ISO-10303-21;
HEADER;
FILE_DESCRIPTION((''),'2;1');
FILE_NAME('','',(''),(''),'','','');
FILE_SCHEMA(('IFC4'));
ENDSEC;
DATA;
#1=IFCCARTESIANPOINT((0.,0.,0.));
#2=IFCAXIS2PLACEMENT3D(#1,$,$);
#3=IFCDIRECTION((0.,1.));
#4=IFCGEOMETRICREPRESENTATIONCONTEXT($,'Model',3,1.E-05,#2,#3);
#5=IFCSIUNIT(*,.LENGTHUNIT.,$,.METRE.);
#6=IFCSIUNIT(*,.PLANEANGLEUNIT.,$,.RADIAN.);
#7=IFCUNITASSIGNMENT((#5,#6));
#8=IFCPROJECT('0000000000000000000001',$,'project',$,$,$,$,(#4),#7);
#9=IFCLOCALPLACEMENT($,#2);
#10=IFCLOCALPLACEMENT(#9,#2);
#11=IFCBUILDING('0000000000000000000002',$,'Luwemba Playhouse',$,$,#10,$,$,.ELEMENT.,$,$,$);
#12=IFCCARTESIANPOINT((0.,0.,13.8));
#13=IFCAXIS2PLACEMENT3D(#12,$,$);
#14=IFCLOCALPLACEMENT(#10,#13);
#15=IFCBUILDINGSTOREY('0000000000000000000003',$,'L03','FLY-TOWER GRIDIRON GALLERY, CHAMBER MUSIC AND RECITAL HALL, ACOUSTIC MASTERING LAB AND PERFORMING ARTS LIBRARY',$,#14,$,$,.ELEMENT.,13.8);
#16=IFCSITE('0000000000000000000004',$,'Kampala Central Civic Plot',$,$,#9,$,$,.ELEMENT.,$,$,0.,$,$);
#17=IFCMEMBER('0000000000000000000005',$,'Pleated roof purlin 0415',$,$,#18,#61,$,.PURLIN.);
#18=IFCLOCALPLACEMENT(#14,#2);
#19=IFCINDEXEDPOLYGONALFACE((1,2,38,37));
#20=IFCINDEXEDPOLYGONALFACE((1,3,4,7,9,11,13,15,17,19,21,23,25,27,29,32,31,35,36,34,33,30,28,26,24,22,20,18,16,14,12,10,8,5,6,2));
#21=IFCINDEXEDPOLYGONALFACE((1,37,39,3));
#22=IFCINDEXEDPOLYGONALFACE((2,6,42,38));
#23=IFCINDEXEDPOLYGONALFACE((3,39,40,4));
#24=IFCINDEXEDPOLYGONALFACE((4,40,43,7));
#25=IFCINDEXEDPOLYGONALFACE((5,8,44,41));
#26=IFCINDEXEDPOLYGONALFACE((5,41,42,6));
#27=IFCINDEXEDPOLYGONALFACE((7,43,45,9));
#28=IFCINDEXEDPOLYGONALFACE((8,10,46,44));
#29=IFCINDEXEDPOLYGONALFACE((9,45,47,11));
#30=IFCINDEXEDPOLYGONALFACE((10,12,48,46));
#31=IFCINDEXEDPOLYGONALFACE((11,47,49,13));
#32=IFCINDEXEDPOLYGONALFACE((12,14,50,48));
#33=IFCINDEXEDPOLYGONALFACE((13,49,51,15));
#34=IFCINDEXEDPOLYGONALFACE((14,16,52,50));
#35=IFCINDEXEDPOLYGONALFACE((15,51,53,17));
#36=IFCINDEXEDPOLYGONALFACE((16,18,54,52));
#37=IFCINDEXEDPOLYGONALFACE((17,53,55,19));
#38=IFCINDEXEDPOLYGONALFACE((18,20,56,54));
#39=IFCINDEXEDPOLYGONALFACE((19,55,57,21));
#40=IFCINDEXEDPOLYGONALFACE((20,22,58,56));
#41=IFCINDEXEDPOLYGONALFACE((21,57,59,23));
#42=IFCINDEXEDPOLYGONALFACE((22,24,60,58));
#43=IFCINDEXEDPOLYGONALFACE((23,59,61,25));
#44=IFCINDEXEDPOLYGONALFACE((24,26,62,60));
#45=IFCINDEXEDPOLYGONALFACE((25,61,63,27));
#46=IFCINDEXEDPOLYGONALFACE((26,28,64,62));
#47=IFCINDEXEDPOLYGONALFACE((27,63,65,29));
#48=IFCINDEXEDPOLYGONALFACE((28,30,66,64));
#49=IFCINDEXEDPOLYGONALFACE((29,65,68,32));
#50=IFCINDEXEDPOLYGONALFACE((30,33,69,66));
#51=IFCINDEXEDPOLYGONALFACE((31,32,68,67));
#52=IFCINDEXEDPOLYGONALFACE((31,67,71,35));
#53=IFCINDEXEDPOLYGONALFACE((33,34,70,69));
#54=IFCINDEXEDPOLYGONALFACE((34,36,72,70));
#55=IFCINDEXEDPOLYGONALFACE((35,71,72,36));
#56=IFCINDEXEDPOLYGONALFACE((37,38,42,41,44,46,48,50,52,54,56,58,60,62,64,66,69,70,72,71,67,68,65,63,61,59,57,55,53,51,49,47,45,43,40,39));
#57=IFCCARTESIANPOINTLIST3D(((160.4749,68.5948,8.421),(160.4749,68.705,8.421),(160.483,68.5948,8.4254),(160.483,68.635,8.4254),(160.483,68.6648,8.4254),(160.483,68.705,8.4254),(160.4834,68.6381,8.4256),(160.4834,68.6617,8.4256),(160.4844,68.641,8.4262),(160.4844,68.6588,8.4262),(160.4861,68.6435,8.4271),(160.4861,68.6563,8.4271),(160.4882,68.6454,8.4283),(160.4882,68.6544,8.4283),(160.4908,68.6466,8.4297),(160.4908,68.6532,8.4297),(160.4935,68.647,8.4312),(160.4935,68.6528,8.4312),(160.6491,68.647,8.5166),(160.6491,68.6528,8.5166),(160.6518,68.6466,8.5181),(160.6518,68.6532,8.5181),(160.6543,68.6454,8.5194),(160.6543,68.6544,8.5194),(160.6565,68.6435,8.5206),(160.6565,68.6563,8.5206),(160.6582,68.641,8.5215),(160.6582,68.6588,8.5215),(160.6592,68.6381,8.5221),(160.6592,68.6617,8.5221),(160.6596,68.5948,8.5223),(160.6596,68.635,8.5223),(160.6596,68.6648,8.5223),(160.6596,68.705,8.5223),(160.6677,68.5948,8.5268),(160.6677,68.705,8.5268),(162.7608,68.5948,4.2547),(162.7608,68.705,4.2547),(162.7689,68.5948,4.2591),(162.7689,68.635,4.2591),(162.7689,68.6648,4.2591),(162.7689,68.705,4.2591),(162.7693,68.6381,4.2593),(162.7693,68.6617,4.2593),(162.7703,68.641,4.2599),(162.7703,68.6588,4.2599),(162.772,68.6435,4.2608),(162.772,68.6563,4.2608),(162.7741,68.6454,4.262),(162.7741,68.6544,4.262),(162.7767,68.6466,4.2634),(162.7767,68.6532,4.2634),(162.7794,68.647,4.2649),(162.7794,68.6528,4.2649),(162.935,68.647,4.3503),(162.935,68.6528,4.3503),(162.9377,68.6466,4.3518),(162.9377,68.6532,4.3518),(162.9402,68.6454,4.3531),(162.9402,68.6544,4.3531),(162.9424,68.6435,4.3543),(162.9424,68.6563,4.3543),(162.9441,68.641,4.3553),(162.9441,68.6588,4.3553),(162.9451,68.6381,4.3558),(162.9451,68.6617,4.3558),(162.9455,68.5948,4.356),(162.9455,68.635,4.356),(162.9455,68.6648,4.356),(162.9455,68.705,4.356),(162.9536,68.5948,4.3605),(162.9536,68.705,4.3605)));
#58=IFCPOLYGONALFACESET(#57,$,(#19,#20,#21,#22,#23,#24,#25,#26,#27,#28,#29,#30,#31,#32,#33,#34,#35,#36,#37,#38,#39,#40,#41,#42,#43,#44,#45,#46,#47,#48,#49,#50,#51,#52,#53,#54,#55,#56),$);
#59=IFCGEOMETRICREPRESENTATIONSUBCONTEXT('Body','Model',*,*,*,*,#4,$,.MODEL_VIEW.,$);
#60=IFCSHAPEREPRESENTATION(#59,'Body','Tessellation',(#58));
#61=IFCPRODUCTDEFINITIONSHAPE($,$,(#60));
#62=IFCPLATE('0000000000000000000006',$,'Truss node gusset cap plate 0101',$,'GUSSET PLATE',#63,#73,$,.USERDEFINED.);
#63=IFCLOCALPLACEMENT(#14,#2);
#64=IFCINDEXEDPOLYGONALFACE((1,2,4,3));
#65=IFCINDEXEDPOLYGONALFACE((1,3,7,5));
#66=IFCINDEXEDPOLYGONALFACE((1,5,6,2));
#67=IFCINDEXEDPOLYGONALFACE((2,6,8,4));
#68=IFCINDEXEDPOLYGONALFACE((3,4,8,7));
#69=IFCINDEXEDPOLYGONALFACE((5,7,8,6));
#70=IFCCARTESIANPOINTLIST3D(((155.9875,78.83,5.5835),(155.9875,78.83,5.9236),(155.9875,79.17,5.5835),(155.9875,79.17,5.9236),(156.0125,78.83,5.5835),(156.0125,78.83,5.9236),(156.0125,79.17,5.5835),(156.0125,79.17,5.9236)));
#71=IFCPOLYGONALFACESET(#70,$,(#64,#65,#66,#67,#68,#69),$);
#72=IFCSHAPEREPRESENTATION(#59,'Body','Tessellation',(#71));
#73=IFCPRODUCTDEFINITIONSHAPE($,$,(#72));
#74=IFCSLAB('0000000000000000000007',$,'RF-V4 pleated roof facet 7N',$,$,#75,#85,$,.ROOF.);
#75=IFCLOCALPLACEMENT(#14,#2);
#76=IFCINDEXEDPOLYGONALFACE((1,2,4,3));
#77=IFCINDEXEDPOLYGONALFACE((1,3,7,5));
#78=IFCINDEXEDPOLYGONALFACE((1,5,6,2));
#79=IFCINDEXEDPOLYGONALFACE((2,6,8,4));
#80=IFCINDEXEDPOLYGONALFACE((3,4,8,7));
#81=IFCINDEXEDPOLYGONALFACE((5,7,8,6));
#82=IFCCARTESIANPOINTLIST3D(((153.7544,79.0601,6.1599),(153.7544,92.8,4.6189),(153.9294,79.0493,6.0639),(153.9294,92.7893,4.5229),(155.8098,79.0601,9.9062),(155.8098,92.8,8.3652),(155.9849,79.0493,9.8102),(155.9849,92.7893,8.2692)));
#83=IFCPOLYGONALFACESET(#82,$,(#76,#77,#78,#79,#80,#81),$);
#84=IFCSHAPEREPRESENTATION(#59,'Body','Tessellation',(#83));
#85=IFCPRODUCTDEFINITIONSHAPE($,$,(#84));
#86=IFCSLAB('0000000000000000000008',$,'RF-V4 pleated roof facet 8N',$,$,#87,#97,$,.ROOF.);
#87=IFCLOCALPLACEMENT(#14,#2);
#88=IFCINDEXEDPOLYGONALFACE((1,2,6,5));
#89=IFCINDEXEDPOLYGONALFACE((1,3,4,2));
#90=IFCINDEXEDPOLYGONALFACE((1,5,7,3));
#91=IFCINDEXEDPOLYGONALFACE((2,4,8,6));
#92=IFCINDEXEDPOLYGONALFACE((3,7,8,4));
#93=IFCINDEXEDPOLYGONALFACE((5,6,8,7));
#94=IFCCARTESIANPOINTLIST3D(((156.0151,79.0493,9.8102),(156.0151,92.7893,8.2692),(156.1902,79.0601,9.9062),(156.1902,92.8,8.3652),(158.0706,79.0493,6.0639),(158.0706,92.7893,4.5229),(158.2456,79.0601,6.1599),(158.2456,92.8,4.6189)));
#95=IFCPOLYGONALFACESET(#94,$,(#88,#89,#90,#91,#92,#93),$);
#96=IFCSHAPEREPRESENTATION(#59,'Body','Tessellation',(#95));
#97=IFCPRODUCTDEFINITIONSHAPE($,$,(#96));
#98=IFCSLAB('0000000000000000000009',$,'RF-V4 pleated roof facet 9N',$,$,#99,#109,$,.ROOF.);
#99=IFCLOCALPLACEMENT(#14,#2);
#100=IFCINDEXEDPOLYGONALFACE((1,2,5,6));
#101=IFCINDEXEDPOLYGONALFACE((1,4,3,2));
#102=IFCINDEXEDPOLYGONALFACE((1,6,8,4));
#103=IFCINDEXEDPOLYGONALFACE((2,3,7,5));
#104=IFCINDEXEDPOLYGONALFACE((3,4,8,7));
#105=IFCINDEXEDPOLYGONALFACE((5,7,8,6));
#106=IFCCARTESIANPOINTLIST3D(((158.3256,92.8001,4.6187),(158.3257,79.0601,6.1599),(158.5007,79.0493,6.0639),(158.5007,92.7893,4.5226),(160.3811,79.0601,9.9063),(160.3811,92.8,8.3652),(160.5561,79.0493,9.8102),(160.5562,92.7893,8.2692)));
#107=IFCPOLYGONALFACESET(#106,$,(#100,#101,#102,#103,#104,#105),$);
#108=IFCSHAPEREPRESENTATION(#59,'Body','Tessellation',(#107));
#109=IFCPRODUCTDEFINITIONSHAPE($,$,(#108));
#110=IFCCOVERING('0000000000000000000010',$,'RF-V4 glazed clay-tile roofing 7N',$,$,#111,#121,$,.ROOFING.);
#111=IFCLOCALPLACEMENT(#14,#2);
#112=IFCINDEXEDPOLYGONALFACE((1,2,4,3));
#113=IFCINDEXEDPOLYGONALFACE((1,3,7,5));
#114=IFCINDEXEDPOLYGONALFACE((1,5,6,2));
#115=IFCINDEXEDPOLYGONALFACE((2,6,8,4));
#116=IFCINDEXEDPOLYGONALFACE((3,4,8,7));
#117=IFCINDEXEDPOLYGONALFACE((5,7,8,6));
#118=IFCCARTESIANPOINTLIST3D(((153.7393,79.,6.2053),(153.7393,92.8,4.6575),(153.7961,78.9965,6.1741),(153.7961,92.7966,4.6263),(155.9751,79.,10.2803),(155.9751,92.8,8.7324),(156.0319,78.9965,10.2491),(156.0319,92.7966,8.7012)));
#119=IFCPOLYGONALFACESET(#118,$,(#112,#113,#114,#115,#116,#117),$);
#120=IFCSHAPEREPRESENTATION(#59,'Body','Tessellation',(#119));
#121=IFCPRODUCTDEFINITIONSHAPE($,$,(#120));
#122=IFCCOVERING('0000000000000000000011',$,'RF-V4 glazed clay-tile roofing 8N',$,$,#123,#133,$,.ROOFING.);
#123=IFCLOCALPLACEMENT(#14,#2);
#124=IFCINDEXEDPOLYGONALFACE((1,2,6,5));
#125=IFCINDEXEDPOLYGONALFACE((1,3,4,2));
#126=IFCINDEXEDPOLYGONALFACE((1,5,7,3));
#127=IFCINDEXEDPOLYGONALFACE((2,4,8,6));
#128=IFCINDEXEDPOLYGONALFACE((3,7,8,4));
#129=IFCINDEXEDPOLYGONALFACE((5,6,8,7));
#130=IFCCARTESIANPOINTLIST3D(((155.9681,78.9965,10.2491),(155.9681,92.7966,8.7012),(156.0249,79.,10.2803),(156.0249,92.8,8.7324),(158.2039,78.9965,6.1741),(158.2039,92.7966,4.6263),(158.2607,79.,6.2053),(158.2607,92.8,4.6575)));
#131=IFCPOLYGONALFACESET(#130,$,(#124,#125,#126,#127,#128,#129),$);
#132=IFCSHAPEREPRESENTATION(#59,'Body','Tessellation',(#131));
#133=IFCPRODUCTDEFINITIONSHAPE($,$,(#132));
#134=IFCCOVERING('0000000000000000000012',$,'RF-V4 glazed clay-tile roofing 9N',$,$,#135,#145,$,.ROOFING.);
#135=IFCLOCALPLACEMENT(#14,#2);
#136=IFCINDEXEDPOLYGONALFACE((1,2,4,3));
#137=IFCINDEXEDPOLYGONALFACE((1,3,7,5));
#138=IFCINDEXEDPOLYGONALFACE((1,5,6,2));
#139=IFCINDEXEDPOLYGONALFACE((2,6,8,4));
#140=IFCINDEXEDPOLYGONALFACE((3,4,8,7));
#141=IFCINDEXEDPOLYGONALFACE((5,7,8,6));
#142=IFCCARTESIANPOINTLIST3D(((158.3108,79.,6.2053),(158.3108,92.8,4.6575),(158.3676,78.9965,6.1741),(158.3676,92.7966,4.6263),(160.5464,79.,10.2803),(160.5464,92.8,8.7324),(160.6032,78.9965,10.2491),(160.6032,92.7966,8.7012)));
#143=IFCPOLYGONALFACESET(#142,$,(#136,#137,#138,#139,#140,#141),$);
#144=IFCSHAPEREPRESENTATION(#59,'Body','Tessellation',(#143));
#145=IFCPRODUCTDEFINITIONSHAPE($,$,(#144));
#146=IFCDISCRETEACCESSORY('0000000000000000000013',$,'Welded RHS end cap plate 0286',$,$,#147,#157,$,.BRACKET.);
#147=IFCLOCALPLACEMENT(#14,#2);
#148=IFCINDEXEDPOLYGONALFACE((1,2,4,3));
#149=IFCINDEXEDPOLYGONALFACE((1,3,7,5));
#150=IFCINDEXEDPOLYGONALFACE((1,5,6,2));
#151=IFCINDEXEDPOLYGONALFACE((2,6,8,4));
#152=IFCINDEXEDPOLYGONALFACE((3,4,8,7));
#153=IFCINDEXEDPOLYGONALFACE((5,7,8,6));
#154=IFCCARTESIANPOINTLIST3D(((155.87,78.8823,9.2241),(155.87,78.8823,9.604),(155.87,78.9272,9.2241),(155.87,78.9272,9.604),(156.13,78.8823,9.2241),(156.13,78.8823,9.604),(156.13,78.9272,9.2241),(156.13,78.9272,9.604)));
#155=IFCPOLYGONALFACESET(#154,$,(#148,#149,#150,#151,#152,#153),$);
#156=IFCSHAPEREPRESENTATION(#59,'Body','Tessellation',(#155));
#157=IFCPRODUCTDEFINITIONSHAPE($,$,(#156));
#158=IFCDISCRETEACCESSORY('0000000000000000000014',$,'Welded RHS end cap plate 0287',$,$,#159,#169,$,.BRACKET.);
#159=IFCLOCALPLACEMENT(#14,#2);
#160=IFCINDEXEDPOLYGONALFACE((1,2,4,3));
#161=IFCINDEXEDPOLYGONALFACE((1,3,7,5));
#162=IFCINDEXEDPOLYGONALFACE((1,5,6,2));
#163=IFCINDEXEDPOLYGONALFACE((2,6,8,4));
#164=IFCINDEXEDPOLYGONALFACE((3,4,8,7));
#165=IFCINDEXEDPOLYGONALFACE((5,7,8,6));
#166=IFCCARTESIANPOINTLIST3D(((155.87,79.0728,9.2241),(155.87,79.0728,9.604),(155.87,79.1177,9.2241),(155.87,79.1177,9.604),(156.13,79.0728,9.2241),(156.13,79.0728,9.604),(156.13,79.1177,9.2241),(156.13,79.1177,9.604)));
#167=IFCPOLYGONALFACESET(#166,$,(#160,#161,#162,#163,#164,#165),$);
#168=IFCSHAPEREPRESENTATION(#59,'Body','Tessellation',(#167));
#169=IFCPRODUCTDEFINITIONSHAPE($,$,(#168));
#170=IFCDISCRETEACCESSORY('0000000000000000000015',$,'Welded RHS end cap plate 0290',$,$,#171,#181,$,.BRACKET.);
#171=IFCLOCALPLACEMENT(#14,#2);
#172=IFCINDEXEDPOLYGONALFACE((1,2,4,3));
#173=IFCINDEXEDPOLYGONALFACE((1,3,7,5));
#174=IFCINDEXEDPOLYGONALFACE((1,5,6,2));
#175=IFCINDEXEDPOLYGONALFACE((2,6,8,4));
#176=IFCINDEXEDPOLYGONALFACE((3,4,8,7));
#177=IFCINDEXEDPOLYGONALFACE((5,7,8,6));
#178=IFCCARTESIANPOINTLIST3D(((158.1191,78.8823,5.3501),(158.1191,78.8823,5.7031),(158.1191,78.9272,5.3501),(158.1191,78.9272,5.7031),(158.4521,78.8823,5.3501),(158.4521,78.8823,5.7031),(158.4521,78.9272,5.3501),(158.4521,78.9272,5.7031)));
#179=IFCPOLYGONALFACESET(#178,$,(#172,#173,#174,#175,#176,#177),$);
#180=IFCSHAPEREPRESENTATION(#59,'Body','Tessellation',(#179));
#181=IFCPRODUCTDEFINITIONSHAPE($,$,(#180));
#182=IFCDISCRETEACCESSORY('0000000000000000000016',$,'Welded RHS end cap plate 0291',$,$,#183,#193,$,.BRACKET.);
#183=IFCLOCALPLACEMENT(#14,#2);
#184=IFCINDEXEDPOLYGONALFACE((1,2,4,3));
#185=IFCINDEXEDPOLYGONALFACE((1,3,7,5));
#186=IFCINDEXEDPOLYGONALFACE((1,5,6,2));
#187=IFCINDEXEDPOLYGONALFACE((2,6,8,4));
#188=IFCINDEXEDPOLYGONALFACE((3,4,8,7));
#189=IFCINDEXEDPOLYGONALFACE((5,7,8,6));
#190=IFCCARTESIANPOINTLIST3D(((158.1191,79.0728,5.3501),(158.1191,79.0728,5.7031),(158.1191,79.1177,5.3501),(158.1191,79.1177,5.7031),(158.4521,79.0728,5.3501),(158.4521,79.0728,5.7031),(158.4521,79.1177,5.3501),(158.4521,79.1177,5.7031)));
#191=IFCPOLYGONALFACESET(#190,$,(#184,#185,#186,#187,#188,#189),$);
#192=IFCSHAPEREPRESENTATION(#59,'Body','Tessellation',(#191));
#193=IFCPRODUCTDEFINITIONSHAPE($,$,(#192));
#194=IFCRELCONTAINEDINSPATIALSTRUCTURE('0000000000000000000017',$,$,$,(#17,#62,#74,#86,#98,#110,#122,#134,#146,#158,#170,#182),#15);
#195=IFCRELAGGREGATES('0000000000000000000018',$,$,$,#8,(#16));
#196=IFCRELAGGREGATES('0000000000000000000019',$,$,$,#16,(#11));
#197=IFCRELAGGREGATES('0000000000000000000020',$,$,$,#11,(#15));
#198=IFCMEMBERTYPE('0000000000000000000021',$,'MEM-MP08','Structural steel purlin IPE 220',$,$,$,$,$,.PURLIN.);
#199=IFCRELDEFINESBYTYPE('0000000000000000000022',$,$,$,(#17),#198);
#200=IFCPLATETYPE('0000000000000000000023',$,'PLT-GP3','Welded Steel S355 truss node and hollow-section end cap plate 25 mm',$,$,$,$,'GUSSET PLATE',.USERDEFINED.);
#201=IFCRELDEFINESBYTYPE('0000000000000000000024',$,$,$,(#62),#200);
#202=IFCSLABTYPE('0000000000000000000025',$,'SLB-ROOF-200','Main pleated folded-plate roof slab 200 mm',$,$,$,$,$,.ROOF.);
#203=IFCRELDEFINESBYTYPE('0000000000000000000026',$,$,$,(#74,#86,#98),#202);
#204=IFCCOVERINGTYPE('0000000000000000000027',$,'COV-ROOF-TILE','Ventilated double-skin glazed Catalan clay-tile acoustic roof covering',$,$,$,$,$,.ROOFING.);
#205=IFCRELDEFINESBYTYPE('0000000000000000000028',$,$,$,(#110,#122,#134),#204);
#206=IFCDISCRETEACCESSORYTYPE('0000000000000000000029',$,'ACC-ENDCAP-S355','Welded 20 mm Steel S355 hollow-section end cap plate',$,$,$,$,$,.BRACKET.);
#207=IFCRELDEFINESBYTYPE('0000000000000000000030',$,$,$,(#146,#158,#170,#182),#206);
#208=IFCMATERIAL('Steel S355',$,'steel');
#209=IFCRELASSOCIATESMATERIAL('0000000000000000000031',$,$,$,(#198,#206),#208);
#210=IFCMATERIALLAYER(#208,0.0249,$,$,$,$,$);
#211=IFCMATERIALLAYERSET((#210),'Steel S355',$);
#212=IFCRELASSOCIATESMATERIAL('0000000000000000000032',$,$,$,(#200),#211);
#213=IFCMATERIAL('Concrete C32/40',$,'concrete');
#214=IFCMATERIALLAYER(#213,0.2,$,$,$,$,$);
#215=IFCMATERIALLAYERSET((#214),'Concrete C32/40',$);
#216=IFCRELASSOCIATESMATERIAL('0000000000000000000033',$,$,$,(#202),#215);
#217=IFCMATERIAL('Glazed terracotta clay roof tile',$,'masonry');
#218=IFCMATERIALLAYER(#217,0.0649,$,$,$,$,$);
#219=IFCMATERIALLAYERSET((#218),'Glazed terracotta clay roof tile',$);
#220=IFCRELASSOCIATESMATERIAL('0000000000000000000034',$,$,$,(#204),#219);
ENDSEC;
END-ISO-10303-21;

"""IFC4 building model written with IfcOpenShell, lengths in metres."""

from ifc_helpers import new_model, si_unit, direction, frame, origin, origin_2d, place, context, subcontext, project, spatial, polyline, rectangle, i_section, outline, extrude, material, layer, layer_set, material_profile, profile_set, type_object, element, save


model = new_model("IFC4")

# Units and contexts
model_context = context("Model", 3, precision=1e-05, world=origin(), true_north=direction((0.0, 1.0)))
body_context = subcontext(model_context, "Body", "Model", "MODEL_VIEW")
ifc_project = project(units=[si_unit("LENGTHUNIT", "METRE"), si_unit("PLANEANGLEUNIT", "RADIAN")], contexts=[model_context])

# Site, building, storey
site_placement = place(None, origin())
site = spatial("IfcSite", under=ifc_project, at=site_placement, Name="Kampala Central Civic Plot", CompositionType="ELEMENT", RefElevation=0.0)
building_placement = place(site_placement, origin())
building = spatial("IfcBuilding", under=site, at=building_placement, Name="Luwemba Playhouse", CompositionType="ELEMENT")
storey_placement = place(building_placement, frame((0.0, 0.0, 13.8)))
storey = spatial("IfcBuildingStorey", under=building, at=storey_placement, Name="L03", Description="FLY-TOWER GRIDIRON GALLERY, CHAMBER MUSIC AND RECITAL HALL, ACOUSTIC MASTERING LAB AND PERFORMING ARTS LIBRARY", CompositionType="ELEMENT", Elevation=13.8)

# Shared definitions
ifc_material_1 = material(Name="Steel S355", Category="steel")

# Member
ifc_material_profile_1 = material_profile(ifc_material_1, i_section(OverallWidth=0.1101, OverallDepth=0.22, WebThickness=0.0059, FlangeThickness=0.0093, FilletRadius=0.012, at=origin_2d()))
ifc_profile_set_1 = profile_set([ifc_material_profile_1], Name="Steel S355")
member_type_1 = type_object("IfcMemberType", Name="MEM-MP08", Description="Structural steel purlin IPE 220", PredefinedType="PURLIN", material=ifc_profile_set_1)
member_1_placement = place(storey_placement, frame((160.5713, 68.6499, 8.4739), z_axis=(0.481021, 0.0, -0.876709), x_axis=(0.0, 1.0, 0.0)))
element("IfcMember", 1, at=member_1_placement, inside=storey, type_object=member_type_1, Name="Pleated roof purlin 0415", PredefinedType="PURLIN", context=body_context, shape_type="SweptSolid", body=[
    extrude(i_section(OverallWidth=0.1101, OverallDepth=0.22, WebThickness=0.0059, FlangeThickness=0.0093, FilletRadius=0.012, at=origin_2d()), origin(), (0.0, 0.0, 1.0), 4.7522),
])

# Plate
ifc_layer_1 = layer(ifc_material_1, 0.0249)
ifc_layer_set_1 = layer_set([ifc_layer_1], Name="Steel S355")
plate_type = type_object("IfcPlateType", Name="PLT-GP3", Description="Welded Steel S355 truss node and hollow-section end cap plate 25 mm", ElementType="GUSSET PLATE", PredefinedType="USERDEFINED", material=ifc_layer_set_1)
plate_placement = place(storey_placement, frame((156.0, 79.0, 5.5835), z_axis=(0.0, 0.0, 1.0), x_axis=(1.0, 0.0, 0.0)))
element("IfcPlate", 2, at=plate_placement, inside=storey, type_object=plate_type, Name="Truss node gusset cap plate 0101", ObjectType="GUSSET PLATE", PredefinedType="USERDEFINED", context=body_context, shape_type="SweptSolid", body=[
    extrude(rectangle(XDim=0.0249, YDim=0.3401, at=origin_2d()), origin(), (0.0, 0.0, 1.0), 0.3401),
])

# Slabs
ifc_material_2 = material(Name="Concrete C32/40", Category="concrete")
ifc_layer_2 = layer(ifc_material_2, 0.2)
ifc_layer_set_2 = layer_set([ifc_layer_2], Name="Concrete C32/40")
slab_type = type_object("IfcSlabType", Name="SLB-ROOF-200", Description="Main pleated folded-plate roof slab 200 mm", PredefinedType="ROOF", material=ifc_layer_set_2)
slab_1_placement = place(storey_placement, frame((153.7544, 79.0601, 6.1599), z_axis=(-0.875443, 0.053869, 0.48031), x_axis=(0.481008, 0.0, 0.876716)))
element("IfcSlab", 3, at=slab_1_placement, inside=storey, type_object=slab_type, Name="RF-V4 pleated roof facet 7N", PredefinedType="ROOF", context=body_context, shape_type="SweptSolid", body=[
    extrude(outline(polyline([(0.0, 0.0), (4.2731, 0.0), (2.9221, 13.76), (-1.351, 13.76), (0.0, 0.0)])), origin(), (0.0, 0.0, -1.0), 0.2),
])
slab_2_placement = place(storey_placement, frame((156.1902, 79.0601, 9.9062), z_axis=(0.875443, 0.053869, 0.48031), x_axis=(0.481008, 0.0, -0.876716)))
element("IfcSlab", 4, at=slab_2_placement, inside=storey, type_object=slab_type, Name="RF-V4 pleated roof facet 8N", PredefinedType="ROOF", context=body_context, shape_type="SweptSolid", body=[
    extrude(outline(polyline([(0.0, 0.0), (4.2731, 0.0), (5.6242, 13.76), (1.351, 13.76), (0.0, 0.0)])), origin(), (0.0, 0.0, -1.0), 0.2),
])
slab_3_placement = place(storey_placement, frame((158.3257, 79.0601, 6.1599), z_axis=(-0.87545, 0.053872, 0.480298), x_axis=(0.480996, 0.000001, 0.876723)))
element("IfcSlab", 5, at=slab_3_placement, inside=storey, type_object=slab_type, Name="RF-V4 pleated roof facet 9N", PredefinedType="ROOF", context=body_context, shape_type="SweptSolid", body=[
    extrude(outline(polyline([(0.0, 0.0), (4.2731, 0.0), (2.9221, 13.76), (-1.3512, 13.76), (0.0, 0.0)])), origin(), (0.0, 0.0, -1.0), 0.2),
])

# Coverings
ifc_material_3 = material(Name="Glazed terracotta clay roof tile", Category="masonry")
ifc_layer_3 = layer(ifc_material_3, 0.0649)
ifc_layer_set_3 = layer_set([ifc_layer_3], Name="Glazed terracotta clay roof tile")
covering_type = type_object("IfcCoveringType", Name="COV-ROOF-TILE", Description="Ventilated double-skin glazed Catalan clay-tile acoustic roof covering", PredefinedType="ROOFING", material=ifc_layer_set_3)
covering_1_placement = place(storey_placement, frame((153.7393, 79.0, 6.2053), z_axis=(-0.875431, 0.053875, 0.480331), x_axis=(0.481029, 0.0, 0.876705)))
element("IfcCovering", 6, at=covering_1_placement, inside=storey, type_object=covering_type, Name="RF-V4 glazed clay-tile roofing 7N", PredefinedType="ROOFING", context=body_context, shape_type="SweptSolid", body=[
    extrude(outline(polyline([(0.0, 0.0), (4.648, 0.0), (3.291, 13.8201), (-1.357, 13.8201), (0.0, 0.0)])), origin(), (0.0, 0.0, -1.0), 0.0649),
])
covering_2_placement = place(storey_placement, frame((156.0249, 79.0, 10.2803), z_axis=(0.875431, 0.053875, 0.480331), x_axis=(0.481029, 0.0, -0.876705)))
element("IfcCovering", 7, at=covering_2_placement, inside=storey, type_object=covering_type, Name="RF-V4 glazed clay-tile roofing 8N", PredefinedType="ROOFING", context=body_context, shape_type="SweptSolid", body=[
    extrude(outline(polyline([(0.0, 0.0), (4.648, 0.0), (6.005, 13.8201), (1.357, 13.8201), (0.0, 0.0)])), origin(), (0.0, 0.0, -1.0), 0.0649),
])
covering_3_placement = place(storey_placement, frame((158.3108, 79.0, 6.2053), z_axis=(-0.875454, 0.053871, 0.48029), x_axis=(0.480989, 0.0, 0.876727)))
element("IfcCovering", 8, at=covering_3_placement, inside=storey, type_object=covering_type, Name="RF-V4 glazed clay-tile roofing 9N", PredefinedType="ROOFING", context=body_context, shape_type="SweptSolid", body=[
    extrude(outline(polyline([(0.0, 0.0), (4.6479, 0.0), (3.2909, 13.8201), (-1.357, 13.8201), (0.0, 0.0)])), origin(), (0.0, 0.0, -1.0), 0.0649),
])

# Discrete accessories
discrete_accessory_type = type_object("IfcDiscreteAccessoryType", Name="ACC-ENDCAP-S355", Description="Welded 20 mm Steel S355 hollow-section end cap plate", PredefinedType="BRACKET", material=ifc_material_1)
for number, where, z_axis, x_axis, name in (
    (9, (156.0, 78.9048, 9.2241), (0.0, 0.0, 1.0), (1.0, 0.0, 0.0), "Welded RHS end cap plate 0286"),
    (10, (156.0, 79.0952, 9.2241), (0.0, 0.0, 1.0), (1.0, 0.0, 0.0), "Welded RHS end cap plate 0287"),
):
    element("IfcDiscreteAccessory", number, at=place(storey_placement, frame(where, z_axis=z_axis, x_axis=x_axis)), inside=storey, type_object=discrete_accessory_type, Name=name, PredefinedType="BRACKET", context=body_context, shape_type="SweptSolid", body=[
        extrude(rectangle(XDim=0.26, YDim=0.0449, at=origin_2d()), origin(), (0.0, 0.0, 1.0), 0.3799),
    ])
for number, where, z_axis, x_axis, name in (
    (11, (158.2856, 78.9048, 5.3501), (0.0, 0.0, 1.0), (1.0, 0.0, 0.0), "Welded RHS end cap plate 0290"),
    (12, (158.2856, 79.0952, 5.3501), (0.0, 0.0, 1.0), (1.0, 0.0, 0.0), "Welded RHS end cap plate 0291"),
):
    element("IfcDiscreteAccessory", number, at=place(storey_placement, frame(where, z_axis=z_axis, x_axis=x_axis)), inside=storey, type_object=discrete_accessory_type, Name=name, PredefinedType="BRACKET", context=body_context, shape_type="SweptSolid", body=[
        extrude(rectangle(XDim=0.333, YDim=0.0449, at=origin_2d()), origin(), (0.0, 0.0, 1.0), 0.353),
    ])

save(model, "model.ifc")
